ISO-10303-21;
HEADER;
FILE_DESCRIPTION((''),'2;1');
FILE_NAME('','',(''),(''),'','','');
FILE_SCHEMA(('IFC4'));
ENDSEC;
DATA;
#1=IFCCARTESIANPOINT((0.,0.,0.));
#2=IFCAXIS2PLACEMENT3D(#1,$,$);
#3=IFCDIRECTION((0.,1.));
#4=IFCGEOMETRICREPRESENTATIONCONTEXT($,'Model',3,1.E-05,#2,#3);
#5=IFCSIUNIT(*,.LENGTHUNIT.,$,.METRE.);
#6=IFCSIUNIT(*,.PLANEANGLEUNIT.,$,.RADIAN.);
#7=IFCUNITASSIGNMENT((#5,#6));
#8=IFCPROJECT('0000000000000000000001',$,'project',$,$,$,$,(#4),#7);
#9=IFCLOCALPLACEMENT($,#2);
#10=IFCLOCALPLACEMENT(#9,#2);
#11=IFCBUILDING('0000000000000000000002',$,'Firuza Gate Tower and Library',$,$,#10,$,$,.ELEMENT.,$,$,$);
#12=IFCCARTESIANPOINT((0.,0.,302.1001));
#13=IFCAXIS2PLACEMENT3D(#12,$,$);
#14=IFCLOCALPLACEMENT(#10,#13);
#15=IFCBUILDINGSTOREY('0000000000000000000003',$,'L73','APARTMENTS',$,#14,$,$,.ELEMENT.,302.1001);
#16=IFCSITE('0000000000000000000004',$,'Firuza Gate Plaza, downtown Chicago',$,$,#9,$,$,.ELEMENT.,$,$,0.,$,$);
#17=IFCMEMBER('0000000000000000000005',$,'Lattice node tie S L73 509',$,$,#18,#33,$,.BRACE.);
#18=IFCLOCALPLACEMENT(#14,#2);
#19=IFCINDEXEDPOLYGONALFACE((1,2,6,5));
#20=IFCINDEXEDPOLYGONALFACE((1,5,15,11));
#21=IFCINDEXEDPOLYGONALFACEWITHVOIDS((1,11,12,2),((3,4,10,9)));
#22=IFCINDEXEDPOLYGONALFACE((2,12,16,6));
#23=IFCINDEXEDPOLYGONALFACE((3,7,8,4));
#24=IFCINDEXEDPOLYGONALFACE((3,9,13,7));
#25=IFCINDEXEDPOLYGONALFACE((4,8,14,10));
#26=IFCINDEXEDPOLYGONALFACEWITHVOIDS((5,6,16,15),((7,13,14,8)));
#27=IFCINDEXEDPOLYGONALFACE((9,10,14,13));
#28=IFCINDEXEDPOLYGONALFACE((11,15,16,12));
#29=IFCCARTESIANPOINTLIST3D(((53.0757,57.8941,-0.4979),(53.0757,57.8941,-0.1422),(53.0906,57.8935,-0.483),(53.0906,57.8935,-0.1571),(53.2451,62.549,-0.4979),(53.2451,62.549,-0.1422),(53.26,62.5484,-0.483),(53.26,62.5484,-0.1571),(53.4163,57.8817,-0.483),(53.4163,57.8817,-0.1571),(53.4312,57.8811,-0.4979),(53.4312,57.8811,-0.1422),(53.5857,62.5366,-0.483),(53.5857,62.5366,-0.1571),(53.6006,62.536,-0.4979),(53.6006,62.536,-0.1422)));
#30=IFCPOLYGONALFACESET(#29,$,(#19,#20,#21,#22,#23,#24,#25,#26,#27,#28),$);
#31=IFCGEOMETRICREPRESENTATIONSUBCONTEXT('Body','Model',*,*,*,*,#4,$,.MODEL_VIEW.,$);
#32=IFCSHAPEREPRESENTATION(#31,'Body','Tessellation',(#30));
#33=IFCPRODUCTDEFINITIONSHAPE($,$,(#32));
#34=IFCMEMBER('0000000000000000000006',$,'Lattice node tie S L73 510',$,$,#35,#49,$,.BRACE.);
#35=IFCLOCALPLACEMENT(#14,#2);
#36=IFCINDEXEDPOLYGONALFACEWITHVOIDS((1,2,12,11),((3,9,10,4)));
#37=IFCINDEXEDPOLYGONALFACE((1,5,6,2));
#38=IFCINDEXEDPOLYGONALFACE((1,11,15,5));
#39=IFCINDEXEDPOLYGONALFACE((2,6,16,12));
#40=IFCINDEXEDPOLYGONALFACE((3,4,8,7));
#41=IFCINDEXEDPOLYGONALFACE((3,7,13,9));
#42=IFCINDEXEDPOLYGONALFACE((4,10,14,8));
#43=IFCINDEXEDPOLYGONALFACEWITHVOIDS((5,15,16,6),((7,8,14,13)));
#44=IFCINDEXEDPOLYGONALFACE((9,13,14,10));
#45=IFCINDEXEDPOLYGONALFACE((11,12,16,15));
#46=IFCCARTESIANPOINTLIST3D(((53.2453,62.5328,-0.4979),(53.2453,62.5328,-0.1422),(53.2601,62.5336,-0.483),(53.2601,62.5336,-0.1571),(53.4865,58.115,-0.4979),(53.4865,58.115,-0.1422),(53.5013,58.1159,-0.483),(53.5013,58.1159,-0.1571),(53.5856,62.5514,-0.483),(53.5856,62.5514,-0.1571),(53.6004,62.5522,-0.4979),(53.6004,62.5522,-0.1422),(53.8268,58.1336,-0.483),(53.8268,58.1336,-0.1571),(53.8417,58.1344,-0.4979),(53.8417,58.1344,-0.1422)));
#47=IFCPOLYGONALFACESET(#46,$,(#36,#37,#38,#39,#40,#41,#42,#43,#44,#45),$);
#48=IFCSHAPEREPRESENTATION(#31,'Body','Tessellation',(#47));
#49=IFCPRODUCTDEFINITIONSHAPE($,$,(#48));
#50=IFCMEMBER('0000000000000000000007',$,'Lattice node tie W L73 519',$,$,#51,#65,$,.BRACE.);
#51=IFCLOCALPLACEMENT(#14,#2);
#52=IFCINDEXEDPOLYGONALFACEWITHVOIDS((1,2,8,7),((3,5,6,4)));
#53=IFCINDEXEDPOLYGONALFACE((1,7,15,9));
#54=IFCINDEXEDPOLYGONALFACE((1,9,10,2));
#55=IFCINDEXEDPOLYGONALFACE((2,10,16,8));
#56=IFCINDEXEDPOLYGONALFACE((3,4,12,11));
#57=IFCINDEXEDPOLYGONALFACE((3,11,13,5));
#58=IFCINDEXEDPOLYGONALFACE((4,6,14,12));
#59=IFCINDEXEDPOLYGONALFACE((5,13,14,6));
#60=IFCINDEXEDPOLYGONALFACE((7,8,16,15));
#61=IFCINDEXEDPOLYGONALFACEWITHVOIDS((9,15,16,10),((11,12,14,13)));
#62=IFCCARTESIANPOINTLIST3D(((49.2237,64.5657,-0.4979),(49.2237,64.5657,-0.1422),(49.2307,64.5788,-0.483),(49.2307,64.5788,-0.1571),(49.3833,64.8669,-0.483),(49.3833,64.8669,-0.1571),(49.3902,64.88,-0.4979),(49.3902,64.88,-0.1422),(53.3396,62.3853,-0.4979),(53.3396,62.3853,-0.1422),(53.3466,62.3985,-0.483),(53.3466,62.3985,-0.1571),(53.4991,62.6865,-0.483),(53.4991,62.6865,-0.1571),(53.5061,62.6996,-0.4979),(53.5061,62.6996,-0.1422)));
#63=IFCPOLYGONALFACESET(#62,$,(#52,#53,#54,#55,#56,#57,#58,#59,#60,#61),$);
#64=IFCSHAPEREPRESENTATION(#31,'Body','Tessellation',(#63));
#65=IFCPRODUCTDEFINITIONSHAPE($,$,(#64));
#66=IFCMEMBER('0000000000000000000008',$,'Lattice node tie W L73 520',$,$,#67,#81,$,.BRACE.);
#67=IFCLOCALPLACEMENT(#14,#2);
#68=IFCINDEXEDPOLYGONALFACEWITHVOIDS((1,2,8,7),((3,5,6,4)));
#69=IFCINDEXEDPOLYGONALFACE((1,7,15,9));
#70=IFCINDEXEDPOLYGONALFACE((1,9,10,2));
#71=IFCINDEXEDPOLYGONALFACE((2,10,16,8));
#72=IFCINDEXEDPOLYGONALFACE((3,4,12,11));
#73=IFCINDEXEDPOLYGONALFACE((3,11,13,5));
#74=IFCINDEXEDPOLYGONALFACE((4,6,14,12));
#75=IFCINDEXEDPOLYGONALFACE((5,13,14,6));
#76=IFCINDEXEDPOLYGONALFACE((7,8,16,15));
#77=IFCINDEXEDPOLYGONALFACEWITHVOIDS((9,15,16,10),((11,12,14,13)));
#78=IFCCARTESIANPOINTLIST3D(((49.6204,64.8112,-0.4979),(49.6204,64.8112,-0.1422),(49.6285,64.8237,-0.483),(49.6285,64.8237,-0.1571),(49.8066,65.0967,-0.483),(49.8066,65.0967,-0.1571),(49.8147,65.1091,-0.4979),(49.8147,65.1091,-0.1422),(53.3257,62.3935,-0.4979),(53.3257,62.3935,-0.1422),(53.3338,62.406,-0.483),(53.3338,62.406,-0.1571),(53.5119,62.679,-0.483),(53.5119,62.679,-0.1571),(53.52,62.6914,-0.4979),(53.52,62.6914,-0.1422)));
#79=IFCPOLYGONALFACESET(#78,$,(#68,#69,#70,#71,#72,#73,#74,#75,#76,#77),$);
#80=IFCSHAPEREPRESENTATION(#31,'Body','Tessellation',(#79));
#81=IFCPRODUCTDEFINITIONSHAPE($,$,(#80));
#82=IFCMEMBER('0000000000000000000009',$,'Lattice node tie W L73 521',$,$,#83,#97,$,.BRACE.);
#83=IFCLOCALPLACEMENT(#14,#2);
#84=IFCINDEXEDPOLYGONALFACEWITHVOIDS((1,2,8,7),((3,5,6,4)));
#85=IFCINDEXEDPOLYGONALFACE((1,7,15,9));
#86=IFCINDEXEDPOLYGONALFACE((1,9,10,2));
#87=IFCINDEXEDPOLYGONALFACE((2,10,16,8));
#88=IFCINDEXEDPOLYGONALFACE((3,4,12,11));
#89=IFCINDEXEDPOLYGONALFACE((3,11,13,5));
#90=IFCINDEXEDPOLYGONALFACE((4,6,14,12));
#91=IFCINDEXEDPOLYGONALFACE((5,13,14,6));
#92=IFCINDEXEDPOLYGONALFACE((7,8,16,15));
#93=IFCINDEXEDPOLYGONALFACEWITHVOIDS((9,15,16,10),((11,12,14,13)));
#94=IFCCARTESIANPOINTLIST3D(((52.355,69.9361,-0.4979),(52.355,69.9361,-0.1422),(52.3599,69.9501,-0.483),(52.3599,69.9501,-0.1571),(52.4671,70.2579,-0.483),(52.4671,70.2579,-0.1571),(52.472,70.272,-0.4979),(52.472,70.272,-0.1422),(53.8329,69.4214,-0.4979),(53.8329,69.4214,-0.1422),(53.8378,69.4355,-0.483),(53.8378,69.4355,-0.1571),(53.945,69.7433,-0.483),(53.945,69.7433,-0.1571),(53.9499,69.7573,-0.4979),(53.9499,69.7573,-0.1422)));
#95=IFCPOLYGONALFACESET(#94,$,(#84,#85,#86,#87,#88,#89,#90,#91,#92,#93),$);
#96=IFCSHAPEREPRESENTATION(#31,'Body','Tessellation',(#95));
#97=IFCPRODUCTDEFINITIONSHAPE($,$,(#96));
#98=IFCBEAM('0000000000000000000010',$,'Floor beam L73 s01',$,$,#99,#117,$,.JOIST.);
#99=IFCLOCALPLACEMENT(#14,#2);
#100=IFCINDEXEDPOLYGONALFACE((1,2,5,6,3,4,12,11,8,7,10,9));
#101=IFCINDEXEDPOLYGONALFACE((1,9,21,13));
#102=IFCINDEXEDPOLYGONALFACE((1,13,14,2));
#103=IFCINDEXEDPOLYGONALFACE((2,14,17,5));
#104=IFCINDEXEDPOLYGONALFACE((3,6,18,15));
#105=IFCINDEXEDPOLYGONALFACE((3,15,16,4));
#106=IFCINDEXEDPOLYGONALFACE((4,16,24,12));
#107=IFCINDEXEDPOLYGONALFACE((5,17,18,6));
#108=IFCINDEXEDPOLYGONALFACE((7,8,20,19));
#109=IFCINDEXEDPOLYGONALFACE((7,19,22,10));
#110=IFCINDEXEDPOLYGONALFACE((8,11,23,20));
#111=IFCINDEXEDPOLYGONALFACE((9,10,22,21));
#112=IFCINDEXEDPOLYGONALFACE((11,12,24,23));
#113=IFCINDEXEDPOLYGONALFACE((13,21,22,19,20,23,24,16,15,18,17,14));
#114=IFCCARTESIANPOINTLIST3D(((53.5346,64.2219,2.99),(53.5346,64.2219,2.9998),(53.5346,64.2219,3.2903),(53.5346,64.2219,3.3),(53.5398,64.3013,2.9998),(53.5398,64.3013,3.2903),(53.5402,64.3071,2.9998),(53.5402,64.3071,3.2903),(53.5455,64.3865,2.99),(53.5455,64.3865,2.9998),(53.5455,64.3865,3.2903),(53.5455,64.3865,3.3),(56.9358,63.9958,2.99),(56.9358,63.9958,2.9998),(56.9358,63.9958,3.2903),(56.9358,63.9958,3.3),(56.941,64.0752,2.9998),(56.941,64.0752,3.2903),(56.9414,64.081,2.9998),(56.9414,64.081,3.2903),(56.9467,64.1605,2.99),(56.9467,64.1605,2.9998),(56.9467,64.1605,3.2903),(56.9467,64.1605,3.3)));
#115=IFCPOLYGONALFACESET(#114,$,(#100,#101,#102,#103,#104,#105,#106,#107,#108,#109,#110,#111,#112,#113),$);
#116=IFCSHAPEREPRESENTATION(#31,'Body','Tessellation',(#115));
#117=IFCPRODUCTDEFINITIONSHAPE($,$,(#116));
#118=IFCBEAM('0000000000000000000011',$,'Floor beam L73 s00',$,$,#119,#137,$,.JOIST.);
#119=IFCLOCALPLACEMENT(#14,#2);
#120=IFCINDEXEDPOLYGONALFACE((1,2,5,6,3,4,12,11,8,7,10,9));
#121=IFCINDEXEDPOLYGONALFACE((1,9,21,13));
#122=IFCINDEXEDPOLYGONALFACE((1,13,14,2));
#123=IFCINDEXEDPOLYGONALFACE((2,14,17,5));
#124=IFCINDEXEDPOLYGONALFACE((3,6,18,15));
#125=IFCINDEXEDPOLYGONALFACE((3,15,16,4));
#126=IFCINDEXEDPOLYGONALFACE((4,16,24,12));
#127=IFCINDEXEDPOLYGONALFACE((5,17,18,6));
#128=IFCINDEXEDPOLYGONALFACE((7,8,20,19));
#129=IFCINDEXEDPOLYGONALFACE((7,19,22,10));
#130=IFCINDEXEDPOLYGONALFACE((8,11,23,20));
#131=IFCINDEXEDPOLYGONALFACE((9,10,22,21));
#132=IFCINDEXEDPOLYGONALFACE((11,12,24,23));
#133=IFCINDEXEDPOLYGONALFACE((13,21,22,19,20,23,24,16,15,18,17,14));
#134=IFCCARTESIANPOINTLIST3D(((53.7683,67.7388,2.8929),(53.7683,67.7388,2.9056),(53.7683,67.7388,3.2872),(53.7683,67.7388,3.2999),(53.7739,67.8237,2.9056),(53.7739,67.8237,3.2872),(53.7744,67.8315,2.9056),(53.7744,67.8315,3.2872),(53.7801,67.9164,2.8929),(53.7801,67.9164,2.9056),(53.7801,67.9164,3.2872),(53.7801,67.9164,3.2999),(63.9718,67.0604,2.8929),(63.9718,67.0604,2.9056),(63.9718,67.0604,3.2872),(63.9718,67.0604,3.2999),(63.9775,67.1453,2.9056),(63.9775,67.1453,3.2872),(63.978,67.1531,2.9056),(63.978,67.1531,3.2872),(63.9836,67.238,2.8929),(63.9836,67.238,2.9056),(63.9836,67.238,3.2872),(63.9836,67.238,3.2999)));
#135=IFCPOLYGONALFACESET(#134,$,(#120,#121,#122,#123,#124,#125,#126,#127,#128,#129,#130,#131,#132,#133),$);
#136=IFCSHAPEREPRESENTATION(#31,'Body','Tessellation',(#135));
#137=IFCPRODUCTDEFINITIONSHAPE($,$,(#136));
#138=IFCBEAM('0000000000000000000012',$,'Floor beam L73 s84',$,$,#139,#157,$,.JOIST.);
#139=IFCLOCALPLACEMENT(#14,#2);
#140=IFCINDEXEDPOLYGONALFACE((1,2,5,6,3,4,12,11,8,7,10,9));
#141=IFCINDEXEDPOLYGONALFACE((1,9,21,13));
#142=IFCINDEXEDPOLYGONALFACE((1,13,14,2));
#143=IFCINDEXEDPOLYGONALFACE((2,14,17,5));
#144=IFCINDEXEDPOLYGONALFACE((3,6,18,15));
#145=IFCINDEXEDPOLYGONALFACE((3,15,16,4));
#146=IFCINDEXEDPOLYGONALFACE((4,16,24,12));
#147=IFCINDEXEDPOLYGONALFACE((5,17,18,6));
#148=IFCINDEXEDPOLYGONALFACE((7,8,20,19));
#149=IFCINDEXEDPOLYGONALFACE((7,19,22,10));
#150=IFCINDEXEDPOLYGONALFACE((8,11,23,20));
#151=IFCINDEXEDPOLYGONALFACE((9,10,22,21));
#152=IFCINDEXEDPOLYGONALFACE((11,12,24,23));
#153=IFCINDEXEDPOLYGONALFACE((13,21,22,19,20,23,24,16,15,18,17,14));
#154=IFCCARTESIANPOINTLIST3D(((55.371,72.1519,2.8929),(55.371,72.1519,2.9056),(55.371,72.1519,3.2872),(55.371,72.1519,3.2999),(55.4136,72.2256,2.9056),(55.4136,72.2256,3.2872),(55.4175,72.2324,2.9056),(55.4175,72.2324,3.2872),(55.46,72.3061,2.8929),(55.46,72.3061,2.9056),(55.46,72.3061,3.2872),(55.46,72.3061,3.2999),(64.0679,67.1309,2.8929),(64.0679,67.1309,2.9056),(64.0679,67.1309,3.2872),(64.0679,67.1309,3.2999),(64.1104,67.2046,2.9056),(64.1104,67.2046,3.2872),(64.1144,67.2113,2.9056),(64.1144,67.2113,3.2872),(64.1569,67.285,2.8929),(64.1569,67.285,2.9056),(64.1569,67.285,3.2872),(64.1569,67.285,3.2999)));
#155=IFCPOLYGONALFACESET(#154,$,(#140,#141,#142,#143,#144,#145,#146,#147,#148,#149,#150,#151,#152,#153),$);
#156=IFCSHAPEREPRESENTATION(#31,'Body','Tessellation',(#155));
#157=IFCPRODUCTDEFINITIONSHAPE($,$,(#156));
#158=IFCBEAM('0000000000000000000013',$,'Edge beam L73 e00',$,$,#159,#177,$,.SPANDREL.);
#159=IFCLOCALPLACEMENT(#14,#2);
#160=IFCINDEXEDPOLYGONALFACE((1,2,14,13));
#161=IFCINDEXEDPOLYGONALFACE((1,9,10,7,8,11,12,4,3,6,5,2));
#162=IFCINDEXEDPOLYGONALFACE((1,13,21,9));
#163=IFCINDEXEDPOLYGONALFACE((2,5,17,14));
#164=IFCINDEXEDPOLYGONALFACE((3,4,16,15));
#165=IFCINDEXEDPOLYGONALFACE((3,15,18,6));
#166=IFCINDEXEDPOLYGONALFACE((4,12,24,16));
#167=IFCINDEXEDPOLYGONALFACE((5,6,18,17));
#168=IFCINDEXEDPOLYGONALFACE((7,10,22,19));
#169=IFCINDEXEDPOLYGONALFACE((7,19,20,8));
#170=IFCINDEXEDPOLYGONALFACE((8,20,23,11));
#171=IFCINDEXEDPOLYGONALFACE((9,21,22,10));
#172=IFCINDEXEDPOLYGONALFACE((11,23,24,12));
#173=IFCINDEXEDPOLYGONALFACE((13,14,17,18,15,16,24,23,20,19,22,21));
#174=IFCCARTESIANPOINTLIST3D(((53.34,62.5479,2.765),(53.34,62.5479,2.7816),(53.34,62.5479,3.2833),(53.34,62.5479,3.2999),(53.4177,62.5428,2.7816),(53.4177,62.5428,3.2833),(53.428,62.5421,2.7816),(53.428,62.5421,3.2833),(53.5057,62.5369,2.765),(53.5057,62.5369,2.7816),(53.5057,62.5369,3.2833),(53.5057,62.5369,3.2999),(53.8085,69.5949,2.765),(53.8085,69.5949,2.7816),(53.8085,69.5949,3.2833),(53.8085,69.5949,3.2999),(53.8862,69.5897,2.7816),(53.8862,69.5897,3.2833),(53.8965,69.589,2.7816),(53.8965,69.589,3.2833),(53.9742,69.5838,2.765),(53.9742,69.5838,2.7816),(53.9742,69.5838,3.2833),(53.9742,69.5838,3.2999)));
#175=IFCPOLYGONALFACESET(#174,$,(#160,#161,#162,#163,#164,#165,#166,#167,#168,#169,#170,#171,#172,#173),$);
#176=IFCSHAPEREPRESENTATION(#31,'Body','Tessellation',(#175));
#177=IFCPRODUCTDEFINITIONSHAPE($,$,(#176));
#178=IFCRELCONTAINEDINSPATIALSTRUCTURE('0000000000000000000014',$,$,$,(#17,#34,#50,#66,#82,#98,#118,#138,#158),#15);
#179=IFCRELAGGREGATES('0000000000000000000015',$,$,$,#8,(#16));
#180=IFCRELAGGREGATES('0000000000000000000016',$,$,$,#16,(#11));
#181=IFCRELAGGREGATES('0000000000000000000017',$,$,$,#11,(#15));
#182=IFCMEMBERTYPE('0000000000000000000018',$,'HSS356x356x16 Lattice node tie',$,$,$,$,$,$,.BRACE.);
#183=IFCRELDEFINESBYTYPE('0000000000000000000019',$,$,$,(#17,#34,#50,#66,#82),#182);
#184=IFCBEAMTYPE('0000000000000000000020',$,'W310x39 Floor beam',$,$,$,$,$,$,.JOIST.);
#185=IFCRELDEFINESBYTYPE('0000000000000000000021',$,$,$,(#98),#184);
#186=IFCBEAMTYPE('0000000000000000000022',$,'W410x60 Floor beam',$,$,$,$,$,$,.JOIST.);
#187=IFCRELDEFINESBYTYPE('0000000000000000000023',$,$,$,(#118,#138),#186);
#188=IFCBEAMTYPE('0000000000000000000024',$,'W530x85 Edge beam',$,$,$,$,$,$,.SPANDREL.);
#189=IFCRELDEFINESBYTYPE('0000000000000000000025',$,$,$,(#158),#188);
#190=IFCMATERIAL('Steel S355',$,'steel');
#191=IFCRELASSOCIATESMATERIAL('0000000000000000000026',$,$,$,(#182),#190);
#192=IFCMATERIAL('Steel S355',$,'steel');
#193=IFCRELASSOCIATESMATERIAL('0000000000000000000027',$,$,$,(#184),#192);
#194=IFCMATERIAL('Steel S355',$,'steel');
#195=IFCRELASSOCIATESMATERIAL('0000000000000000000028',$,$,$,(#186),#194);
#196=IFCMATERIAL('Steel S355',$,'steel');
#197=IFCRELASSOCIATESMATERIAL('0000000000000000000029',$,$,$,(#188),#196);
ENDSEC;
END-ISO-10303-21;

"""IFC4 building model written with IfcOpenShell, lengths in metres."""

from ifc_helpers import new_model, si_unit, direction, frame, origin, origin_2d, place, context, subcontext, project, spatial, hollow_rectangle, i_section, extrude, material, material_profile, profile_set, type_object, element, save


model = new_model("IFC4")

# Units and contexts
model_context = context("Model", 3, precision=1e-05, world=origin(), true_north=direction((0.0, 1.0)))
body_context = subcontext(model_context, "Body", "Model", "MODEL_VIEW")
ifc_project = project(units=[si_unit("LENGTHUNIT", "METRE"), si_unit("PLANEANGLEUNIT", "RADIAN")], contexts=[model_context])

# Site, building, storey
site_placement = place(None, origin())
site = spatial("IfcSite", under=ifc_project, at=site_placement, Name="Firuza Gate Plaza, downtown Chicago", CompositionType="ELEMENT", RefElevation=0.0)
building_placement = place(site_placement, origin())
building = spatial("IfcBuilding", under=site, at=building_placement, Name="Firuza Gate Tower and Library", CompositionType="ELEMENT")
storey_placement = place(building_placement, frame((0.0, 0.0, 302.1001)))
storey = spatial("IfcBuildingStorey", under=building, at=storey_placement, Name="L73", Description="APARTMENTS", CompositionType="ELEMENT", Elevation=302.1001)

# Members
ifc_material_1 = material(Name="Steel S355", Category="steel")
ifc_material_profile_1 = material_profile(ifc_material_1, hollow_rectangle(XDim=0.3557, YDim=0.3557, WallThickness=0.0149, at=origin_2d()))
ifc_profile_set_1 = profile_set([ifc_material_profile_1], Name="Steel S355")
member_type_1 = type_object("IfcMemberType", Name="HSS356x356x16 Lattice node tie", PredefinedType="BRACE", material=ifc_profile_set_1)
member_1_placement = place(storey_placement, frame((53.4229, 62.5425, -0.3201), z_axis=(-0.036376, -0.999338, 0.0), x_axis=(0.999338, -0.036376, 0.0)))
element("IfcMember", 1, at=member_1_placement, inside=storey, type_object=member_type_1, Name="Lattice node tie S L73 509", PredefinedType="BRACE", context=body_context, shape_type="SweptSolid", body=[
    extrude(hollow_rectangle(XDim=0.3557, YDim=0.3557, WallThickness=0.0149, at=origin_2d()), origin(), (0.0, 0.0, 1.0), 4.658),
])
member_2_placement = place(storey_placement, frame((53.4229, 62.5425, -0.3201), z_axis=(0.05452, -0.998513, 0.0), x_axis=(0.998513, 0.05452, 0.0)))
element("IfcMember", 2, at=member_2_placement, inside=storey, type_object=member_type_1, Name="Lattice node tie S L73 510", PredefinedType="BRACE", context=body_context, shape_type="SweptSolid", body=[
    extrude(hollow_rectangle(XDim=0.3557, YDim=0.3557, WallThickness=0.0149, at=origin_2d()), origin(), (0.0, 0.0, 1.0), 4.4243),
])
member_3_placement = place(storey_placement, frame((53.4229, 62.5425, -0.3201), z_axis=(-0.883665, 0.468119, 0.0), x_axis=(-0.468119, -0.883665, 0.0)))
element("IfcMember", 3, at=member_3_placement, inside=storey, type_object=member_type_1, Name="Lattice node tie W L73 519", PredefinedType="BRACE", context=body_context, shape_type="SweptSolid", body=[
    extrude(hollow_rectangle(XDim=0.3557, YDim=0.3557, WallThickness=0.0149, at=origin_2d()), origin(), (0.0, 0.0, 1.0), 4.6577),
])
member_4_placement = place(storey_placement, frame((53.4229, 62.5425, -0.3201), z_axis=(-0.837485, 0.54646, 0.0), x_axis=(-0.54646, -0.837485, 0.0)))
element("IfcMember", 4, at=member_4_placement, inside=storey, type_object=member_type_1, Name="Lattice node tie W L73 520", PredefinedType="BRACE", context=body_context, shape_type="SweptSolid", body=[
    extrude(hollow_rectangle(XDim=0.3557, YDim=0.3557, WallThickness=0.0149, at=origin_2d()), origin(), (0.0, 0.0, 1.0), 4.4243),
])
member_5_placement = place(storey_placement, frame((53.8914, 69.5894, -0.3201), z_axis=(-0.94437, 0.328884, 0.0), x_axis=(-0.328884, -0.94437, 0.0)))
element("IfcMember", 5, at=member_5_placement, inside=storey, type_object=member_type_1, Name="Lattice node tie W L73 521", PredefinedType="BRACE", context=body_context, shape_type="SweptSolid", body=[
    extrude(hollow_rectangle(XDim=0.3557, YDim=0.3557, WallThickness=0.0149, at=origin_2d()), origin(), (0.0, 0.0, 1.0), 1.5649),
])

# Beams
ifc_material_2 = material(Name="Steel S355", Category="steel")
ifc_material_profile_2 = material_profile(ifc_material_2, i_section(OverallWidth=0.165, OverallDepth=0.3101, WebThickness=0.0059, FlangeThickness=0.0098, at=origin_2d()))
ifc_profile_set_2 = profile_set([ifc_material_profile_2], Name="Steel S355")
beam_type_1 = type_object("IfcBeamType", Name="W310x39 Floor beam", PredefinedType="JOIST", material=ifc_profile_set_2)
beam_1_placement = place(storey_placement, frame((53.54, 64.3042, 3.145), z_axis=(0.997798, -0.066324, 0.0), x_axis=(0.066324, 0.997798, 0.0)))
element("IfcBeam", 6, at=beam_1_placement, inside=storey, type_object=beam_type_1, Name="Floor beam L73 s01", PredefinedType="JOIST", context=body_context, shape_type="SweptSolid", body=[
    extrude(i_section(OverallWidth=0.165, OverallDepth=0.3101, WebThickness=0.0059, FlangeThickness=0.0098, at=origin_2d()), origin(), (0.0, 0.0, 1.0), 3.4087),
])
ifc_material_3 = material(Name="Steel S355", Category="steel")
ifc_material_profile_3 = material_profile(ifc_material_3, i_section(OverallWidth=0.178, OverallDepth=0.407, WebThickness=0.0078, FlangeThickness=0.0127, at=origin_2d()))
ifc_profile_set_3 = profile_set([ifc_material_profile_3], Name="Steel S355")
beam_type_2 = type_object("IfcBeamType", Name="W410x60 Floor beam", PredefinedType="JOIST", material=ifc_profile_set_3)
beam_2_placement = place(storey_placement, frame((53.7742, 67.8276, 3.0964), z_axis=(0.997797, -0.066346, 0.0), x_axis=(0.066346, 0.997797, 0.0)))
element("IfcBeam", 7, at=beam_2_placement, inside=storey, type_object=beam_type_2, Name="Floor beam L73 s00", PredefinedType="JOIST", context=body_context, shape_type="SweptSolid", body=[
    extrude(i_section(OverallWidth=0.178, OverallDepth=0.407, WebThickness=0.0078, FlangeThickness=0.0127, at=origin_2d()), origin(), (0.0, 0.0, 1.0), 10.2261),
])
beam_3_placement = place(storey_placement, frame((55.4155, 72.229, 3.0964), z_axis=(0.866029, -0.499993, 0.0), x_axis=(0.499993, 0.866029, 0.0)))
element("IfcBeam", 8, at=beam_3_placement, inside=storey, type_object=beam_type_2, Name="Floor beam L73 s84", PredefinedType="JOIST", context=body_context, shape_type="SweptSolid", body=[
    extrude(i_section(OverallWidth=0.178, OverallDepth=0.407, WebThickness=0.0078, FlangeThickness=0.0127, at=origin_2d()), origin(), (0.0, 0.0, 1.0), 10.0422),
])
ifc_material_4 = material(Name="Steel S355", Category="steel")
ifc_material_profile_4 = material_profile(ifc_material_4, i_section(OverallWidth=0.166, OverallDepth=0.5349, WebThickness=0.0103, FlangeThickness=0.0166, at=origin_2d()))
ifc_profile_set_4 = profile_set([ifc_material_profile_4], Name="Steel S355")
beam_type_3 = type_object("IfcBeamType", Name="W530x85 Edge beam", PredefinedType="SPANDREL", material=ifc_profile_set_4)
beam_4_placement = place(storey_placement, frame((53.8914, 69.5894, 3.0325), z_axis=(-0.066338, -0.997797, 0.0), x_axis=(0.997797, -0.066338, 0.0)))
element("IfcBeam", 9, at=beam_4_placement, inside=storey, type_object=beam_type_3, Name="Edge beam L73 e00", PredefinedType="SPANDREL", context=body_context, shape_type="SweptSolid", body=[
    extrude(i_section(OverallWidth=0.166, OverallDepth=0.5349, WebThickness=0.0103, FlangeThickness=0.0166, at=origin_2d()), origin(), (0.0, 0.0, 1.0), 7.0625),
])

save(model, "model.ifc")
